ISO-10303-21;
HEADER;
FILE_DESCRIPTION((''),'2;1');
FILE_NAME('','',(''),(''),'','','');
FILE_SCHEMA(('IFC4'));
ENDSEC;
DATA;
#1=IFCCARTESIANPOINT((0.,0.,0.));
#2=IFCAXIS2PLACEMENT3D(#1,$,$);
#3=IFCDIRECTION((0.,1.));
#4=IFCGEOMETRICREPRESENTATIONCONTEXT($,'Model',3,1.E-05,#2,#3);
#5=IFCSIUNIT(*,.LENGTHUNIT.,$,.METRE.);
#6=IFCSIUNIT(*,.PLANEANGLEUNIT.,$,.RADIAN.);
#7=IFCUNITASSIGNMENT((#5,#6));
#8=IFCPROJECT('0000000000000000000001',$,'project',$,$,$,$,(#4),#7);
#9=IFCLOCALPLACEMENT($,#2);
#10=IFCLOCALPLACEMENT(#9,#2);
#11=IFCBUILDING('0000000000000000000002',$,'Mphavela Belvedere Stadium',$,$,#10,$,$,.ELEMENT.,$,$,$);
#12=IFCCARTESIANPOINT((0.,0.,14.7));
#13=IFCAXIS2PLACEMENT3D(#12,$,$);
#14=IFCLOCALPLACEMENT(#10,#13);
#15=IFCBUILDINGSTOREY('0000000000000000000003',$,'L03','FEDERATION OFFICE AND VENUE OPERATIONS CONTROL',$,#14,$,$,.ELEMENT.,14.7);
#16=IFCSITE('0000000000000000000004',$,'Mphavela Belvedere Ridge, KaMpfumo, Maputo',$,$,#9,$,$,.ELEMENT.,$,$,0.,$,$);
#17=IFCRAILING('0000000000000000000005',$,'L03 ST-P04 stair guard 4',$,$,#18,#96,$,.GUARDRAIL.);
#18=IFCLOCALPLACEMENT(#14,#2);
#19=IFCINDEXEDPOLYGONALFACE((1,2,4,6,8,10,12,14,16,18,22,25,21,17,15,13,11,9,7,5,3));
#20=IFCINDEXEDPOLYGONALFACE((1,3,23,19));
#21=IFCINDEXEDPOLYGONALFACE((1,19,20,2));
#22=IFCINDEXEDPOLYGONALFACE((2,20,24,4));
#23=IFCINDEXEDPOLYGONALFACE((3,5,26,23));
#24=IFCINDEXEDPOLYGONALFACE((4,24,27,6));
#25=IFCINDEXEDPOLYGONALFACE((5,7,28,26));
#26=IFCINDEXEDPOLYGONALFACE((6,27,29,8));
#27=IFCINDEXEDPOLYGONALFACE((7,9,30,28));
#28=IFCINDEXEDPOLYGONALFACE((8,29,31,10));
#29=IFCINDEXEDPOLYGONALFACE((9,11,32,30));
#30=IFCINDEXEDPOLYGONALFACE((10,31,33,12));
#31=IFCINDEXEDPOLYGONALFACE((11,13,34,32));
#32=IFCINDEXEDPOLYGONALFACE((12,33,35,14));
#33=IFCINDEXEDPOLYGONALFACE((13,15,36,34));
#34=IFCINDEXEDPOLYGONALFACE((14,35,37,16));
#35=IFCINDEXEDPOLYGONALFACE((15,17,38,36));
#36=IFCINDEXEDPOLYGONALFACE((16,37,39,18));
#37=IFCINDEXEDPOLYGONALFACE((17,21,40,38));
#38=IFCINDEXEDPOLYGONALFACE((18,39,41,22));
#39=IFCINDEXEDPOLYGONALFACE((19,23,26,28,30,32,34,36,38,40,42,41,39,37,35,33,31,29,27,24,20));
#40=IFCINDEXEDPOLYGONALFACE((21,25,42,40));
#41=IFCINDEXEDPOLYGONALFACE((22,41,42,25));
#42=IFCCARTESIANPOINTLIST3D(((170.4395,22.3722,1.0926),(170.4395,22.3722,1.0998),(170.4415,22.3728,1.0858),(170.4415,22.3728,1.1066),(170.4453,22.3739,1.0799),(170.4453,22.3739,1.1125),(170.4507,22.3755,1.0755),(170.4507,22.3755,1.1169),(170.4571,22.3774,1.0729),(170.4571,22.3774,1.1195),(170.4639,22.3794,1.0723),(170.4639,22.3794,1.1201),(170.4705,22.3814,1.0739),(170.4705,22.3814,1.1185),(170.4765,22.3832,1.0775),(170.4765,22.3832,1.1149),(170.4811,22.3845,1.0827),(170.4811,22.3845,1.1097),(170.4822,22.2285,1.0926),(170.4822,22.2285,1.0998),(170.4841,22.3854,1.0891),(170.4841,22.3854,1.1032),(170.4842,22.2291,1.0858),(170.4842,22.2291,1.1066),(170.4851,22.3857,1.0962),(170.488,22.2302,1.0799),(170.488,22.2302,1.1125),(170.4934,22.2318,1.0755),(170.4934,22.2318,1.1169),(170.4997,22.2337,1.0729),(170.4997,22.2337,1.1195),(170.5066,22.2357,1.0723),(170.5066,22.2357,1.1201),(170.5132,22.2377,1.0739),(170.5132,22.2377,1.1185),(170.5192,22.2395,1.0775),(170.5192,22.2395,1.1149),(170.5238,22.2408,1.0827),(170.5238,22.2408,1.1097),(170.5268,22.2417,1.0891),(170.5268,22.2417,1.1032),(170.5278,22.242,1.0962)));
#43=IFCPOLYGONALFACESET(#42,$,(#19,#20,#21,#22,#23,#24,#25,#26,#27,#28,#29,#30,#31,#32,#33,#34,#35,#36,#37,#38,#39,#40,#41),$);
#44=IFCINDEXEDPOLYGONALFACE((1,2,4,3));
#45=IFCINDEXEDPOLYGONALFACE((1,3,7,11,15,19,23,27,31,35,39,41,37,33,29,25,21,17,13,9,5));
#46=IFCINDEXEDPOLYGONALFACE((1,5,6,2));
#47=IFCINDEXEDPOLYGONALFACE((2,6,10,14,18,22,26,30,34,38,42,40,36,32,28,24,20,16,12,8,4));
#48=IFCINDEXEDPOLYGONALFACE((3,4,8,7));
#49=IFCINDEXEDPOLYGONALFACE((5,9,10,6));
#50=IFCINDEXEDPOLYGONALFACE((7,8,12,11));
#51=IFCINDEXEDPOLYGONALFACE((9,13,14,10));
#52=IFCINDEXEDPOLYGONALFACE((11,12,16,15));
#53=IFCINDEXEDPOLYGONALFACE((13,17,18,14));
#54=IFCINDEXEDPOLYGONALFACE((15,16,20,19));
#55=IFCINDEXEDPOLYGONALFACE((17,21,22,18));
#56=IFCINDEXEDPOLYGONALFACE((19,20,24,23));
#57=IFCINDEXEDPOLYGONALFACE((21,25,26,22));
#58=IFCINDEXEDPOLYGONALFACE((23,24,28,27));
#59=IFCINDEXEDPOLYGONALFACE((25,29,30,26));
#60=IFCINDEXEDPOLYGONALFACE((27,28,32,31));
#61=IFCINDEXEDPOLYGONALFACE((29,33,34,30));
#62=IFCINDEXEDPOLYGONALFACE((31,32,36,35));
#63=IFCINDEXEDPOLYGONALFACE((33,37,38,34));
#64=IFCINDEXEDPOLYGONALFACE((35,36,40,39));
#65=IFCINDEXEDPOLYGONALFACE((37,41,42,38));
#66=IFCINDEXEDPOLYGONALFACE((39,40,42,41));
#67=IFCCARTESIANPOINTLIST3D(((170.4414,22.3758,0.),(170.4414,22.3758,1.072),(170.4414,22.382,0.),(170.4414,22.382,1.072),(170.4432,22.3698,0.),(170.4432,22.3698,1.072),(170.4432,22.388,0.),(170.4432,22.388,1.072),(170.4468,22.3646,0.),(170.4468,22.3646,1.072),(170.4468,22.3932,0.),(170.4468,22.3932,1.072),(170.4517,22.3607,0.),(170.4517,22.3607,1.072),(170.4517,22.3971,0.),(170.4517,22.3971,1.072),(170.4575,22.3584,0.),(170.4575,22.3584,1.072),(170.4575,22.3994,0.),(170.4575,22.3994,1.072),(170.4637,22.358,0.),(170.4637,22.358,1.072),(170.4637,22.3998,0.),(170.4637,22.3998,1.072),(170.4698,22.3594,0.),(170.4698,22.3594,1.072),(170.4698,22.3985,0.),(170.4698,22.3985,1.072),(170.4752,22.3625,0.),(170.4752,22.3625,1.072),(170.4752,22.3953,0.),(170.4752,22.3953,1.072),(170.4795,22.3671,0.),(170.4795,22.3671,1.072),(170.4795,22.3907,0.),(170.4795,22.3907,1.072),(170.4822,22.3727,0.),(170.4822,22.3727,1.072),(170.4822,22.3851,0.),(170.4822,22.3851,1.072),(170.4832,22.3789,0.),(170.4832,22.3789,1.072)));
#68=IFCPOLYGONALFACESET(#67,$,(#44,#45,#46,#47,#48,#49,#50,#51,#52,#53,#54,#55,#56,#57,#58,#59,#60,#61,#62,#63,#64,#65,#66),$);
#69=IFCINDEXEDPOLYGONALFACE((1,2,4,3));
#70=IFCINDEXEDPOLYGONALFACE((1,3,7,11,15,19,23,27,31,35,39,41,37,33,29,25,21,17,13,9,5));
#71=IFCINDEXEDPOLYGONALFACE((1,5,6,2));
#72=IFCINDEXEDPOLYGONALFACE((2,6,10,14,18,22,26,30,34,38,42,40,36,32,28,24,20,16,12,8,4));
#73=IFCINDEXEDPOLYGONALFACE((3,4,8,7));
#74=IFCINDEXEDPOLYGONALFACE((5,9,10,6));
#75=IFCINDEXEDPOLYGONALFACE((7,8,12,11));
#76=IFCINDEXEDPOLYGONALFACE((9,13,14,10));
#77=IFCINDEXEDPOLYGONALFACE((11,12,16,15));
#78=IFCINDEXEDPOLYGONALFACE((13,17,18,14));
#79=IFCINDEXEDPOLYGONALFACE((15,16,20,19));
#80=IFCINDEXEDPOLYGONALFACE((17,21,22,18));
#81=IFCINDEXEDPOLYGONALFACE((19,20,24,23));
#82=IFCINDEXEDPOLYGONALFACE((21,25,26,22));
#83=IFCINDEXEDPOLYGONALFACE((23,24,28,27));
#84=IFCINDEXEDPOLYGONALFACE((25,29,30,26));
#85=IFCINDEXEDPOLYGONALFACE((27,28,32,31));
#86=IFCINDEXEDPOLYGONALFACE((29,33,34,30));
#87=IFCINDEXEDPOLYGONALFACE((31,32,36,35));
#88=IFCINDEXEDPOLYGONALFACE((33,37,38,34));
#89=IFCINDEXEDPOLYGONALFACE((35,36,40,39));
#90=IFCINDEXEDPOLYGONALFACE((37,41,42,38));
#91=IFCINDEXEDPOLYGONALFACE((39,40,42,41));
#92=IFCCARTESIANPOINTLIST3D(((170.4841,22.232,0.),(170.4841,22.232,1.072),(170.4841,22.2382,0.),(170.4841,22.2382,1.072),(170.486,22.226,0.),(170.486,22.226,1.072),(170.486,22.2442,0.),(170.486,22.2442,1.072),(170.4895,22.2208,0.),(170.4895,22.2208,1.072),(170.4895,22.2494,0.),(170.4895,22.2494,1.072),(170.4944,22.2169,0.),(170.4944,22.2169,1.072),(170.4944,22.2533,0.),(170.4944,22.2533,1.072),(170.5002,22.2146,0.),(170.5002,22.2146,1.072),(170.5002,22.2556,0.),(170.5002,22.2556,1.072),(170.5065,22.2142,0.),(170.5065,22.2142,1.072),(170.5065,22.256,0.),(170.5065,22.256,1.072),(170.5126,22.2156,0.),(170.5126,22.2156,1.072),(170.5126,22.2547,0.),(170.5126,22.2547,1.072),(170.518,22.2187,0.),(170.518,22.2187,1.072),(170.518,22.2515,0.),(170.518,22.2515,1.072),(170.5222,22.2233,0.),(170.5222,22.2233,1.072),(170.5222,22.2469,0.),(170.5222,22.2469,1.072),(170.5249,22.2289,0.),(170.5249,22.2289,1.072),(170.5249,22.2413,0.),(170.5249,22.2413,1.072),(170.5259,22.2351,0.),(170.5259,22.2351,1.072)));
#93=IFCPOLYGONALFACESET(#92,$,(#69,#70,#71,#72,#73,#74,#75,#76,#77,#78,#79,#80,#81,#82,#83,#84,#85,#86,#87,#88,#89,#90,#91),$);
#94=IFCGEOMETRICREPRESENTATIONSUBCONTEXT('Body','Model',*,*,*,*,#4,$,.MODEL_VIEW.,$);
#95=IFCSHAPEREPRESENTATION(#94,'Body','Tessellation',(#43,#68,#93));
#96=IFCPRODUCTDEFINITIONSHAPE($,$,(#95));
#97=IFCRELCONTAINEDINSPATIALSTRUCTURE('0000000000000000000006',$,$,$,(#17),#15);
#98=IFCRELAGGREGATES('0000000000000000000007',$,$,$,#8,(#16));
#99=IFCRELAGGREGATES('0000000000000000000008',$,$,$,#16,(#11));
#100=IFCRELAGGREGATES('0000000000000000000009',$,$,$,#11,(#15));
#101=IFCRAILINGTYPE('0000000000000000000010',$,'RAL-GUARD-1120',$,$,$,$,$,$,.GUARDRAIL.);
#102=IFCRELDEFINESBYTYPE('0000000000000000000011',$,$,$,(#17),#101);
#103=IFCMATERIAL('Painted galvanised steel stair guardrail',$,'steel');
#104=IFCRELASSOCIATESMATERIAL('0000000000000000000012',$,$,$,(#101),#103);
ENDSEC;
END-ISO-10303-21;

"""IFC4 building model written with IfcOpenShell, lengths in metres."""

from ifc_helpers import new_model, si_unit, direction, frame, origin, origin_2d, place, context, subcontext, project, spatial, circle, extrude, material, type_object, element, save


model = new_model("IFC4")

# Units and contexts
model_context = context("Model", 3, precision=1e-05, world=origin(), true_north=direction((0.0, 1.0)))
body_context = subcontext(model_context, "Body", "Model", "MODEL_VIEW")
ifc_project = project(units=[si_unit("LENGTHUNIT", "METRE"), si_unit("PLANEANGLEUNIT", "RADIAN")], contexts=[model_context])

# Site, building, storey
site_placement = place(None, origin())
site = spatial("IfcSite", under=ifc_project, at=site_placement, Name="Mphavela Belvedere Ridge, KaMpfumo, Maputo", CompositionType="ELEMENT", RefElevation=0.0)
building_placement = place(site_placement, origin())
building = spatial("IfcBuilding", under=site, at=building_placement, Name="Mphavela Belvedere Stadium", CompositionType="ELEMENT")
storey_placement = place(building_placement, frame((0.0, 0.0, 14.7)))
storey = spatial("IfcBuildingStorey", under=building, at=storey_placement, Name="L03", Description="FEDERATION OFFICE AND VENUE OPERATIONS CONTROL", CompositionType="ELEMENT", Elevation=14.7)

# Railing
ifc_material_1 = material(Name="Painted galvanised steel stair guardrail", Category="steel")
railing_type_1 = type_object("IfcRailingType", Name="RAL-GUARD-1120", PredefinedType="GUARDRAIL", material=ifc_material_1)
railing_1_placement = place(storey_placement, frame((170.4622, 22.3789, 0.0)))
element("IfcRailing", 1, at=railing_1_placement, inside=storey, type_object=railing_type_1, Name="L03 ST-P04 stair guard 4", PredefinedType="GUARDRAIL", context=body_context, shape_type="SweptSolid", body=[
    extrude(circle(Radius=0.0239, at=origin_2d()), frame((0.0, 0.0, 1.0962), z_axis=(0.284809, -0.958584, 0.0), x_axis=(0.958584, 0.284809, 0.0)), (0.0, 0.0, 1.0), 0.1499),
    extrude(circle(Radius=0.021, at=origin_2d()), origin(), (0.0, 0.0, 1.0), 1.072),
    extrude(circle(Radius=0.021, at=origin_2d()), frame((0.0427, -0.1438, 0.0)), (0.0, 0.0, 1.0), 1.072),
])

save(model, "model.ifc")
